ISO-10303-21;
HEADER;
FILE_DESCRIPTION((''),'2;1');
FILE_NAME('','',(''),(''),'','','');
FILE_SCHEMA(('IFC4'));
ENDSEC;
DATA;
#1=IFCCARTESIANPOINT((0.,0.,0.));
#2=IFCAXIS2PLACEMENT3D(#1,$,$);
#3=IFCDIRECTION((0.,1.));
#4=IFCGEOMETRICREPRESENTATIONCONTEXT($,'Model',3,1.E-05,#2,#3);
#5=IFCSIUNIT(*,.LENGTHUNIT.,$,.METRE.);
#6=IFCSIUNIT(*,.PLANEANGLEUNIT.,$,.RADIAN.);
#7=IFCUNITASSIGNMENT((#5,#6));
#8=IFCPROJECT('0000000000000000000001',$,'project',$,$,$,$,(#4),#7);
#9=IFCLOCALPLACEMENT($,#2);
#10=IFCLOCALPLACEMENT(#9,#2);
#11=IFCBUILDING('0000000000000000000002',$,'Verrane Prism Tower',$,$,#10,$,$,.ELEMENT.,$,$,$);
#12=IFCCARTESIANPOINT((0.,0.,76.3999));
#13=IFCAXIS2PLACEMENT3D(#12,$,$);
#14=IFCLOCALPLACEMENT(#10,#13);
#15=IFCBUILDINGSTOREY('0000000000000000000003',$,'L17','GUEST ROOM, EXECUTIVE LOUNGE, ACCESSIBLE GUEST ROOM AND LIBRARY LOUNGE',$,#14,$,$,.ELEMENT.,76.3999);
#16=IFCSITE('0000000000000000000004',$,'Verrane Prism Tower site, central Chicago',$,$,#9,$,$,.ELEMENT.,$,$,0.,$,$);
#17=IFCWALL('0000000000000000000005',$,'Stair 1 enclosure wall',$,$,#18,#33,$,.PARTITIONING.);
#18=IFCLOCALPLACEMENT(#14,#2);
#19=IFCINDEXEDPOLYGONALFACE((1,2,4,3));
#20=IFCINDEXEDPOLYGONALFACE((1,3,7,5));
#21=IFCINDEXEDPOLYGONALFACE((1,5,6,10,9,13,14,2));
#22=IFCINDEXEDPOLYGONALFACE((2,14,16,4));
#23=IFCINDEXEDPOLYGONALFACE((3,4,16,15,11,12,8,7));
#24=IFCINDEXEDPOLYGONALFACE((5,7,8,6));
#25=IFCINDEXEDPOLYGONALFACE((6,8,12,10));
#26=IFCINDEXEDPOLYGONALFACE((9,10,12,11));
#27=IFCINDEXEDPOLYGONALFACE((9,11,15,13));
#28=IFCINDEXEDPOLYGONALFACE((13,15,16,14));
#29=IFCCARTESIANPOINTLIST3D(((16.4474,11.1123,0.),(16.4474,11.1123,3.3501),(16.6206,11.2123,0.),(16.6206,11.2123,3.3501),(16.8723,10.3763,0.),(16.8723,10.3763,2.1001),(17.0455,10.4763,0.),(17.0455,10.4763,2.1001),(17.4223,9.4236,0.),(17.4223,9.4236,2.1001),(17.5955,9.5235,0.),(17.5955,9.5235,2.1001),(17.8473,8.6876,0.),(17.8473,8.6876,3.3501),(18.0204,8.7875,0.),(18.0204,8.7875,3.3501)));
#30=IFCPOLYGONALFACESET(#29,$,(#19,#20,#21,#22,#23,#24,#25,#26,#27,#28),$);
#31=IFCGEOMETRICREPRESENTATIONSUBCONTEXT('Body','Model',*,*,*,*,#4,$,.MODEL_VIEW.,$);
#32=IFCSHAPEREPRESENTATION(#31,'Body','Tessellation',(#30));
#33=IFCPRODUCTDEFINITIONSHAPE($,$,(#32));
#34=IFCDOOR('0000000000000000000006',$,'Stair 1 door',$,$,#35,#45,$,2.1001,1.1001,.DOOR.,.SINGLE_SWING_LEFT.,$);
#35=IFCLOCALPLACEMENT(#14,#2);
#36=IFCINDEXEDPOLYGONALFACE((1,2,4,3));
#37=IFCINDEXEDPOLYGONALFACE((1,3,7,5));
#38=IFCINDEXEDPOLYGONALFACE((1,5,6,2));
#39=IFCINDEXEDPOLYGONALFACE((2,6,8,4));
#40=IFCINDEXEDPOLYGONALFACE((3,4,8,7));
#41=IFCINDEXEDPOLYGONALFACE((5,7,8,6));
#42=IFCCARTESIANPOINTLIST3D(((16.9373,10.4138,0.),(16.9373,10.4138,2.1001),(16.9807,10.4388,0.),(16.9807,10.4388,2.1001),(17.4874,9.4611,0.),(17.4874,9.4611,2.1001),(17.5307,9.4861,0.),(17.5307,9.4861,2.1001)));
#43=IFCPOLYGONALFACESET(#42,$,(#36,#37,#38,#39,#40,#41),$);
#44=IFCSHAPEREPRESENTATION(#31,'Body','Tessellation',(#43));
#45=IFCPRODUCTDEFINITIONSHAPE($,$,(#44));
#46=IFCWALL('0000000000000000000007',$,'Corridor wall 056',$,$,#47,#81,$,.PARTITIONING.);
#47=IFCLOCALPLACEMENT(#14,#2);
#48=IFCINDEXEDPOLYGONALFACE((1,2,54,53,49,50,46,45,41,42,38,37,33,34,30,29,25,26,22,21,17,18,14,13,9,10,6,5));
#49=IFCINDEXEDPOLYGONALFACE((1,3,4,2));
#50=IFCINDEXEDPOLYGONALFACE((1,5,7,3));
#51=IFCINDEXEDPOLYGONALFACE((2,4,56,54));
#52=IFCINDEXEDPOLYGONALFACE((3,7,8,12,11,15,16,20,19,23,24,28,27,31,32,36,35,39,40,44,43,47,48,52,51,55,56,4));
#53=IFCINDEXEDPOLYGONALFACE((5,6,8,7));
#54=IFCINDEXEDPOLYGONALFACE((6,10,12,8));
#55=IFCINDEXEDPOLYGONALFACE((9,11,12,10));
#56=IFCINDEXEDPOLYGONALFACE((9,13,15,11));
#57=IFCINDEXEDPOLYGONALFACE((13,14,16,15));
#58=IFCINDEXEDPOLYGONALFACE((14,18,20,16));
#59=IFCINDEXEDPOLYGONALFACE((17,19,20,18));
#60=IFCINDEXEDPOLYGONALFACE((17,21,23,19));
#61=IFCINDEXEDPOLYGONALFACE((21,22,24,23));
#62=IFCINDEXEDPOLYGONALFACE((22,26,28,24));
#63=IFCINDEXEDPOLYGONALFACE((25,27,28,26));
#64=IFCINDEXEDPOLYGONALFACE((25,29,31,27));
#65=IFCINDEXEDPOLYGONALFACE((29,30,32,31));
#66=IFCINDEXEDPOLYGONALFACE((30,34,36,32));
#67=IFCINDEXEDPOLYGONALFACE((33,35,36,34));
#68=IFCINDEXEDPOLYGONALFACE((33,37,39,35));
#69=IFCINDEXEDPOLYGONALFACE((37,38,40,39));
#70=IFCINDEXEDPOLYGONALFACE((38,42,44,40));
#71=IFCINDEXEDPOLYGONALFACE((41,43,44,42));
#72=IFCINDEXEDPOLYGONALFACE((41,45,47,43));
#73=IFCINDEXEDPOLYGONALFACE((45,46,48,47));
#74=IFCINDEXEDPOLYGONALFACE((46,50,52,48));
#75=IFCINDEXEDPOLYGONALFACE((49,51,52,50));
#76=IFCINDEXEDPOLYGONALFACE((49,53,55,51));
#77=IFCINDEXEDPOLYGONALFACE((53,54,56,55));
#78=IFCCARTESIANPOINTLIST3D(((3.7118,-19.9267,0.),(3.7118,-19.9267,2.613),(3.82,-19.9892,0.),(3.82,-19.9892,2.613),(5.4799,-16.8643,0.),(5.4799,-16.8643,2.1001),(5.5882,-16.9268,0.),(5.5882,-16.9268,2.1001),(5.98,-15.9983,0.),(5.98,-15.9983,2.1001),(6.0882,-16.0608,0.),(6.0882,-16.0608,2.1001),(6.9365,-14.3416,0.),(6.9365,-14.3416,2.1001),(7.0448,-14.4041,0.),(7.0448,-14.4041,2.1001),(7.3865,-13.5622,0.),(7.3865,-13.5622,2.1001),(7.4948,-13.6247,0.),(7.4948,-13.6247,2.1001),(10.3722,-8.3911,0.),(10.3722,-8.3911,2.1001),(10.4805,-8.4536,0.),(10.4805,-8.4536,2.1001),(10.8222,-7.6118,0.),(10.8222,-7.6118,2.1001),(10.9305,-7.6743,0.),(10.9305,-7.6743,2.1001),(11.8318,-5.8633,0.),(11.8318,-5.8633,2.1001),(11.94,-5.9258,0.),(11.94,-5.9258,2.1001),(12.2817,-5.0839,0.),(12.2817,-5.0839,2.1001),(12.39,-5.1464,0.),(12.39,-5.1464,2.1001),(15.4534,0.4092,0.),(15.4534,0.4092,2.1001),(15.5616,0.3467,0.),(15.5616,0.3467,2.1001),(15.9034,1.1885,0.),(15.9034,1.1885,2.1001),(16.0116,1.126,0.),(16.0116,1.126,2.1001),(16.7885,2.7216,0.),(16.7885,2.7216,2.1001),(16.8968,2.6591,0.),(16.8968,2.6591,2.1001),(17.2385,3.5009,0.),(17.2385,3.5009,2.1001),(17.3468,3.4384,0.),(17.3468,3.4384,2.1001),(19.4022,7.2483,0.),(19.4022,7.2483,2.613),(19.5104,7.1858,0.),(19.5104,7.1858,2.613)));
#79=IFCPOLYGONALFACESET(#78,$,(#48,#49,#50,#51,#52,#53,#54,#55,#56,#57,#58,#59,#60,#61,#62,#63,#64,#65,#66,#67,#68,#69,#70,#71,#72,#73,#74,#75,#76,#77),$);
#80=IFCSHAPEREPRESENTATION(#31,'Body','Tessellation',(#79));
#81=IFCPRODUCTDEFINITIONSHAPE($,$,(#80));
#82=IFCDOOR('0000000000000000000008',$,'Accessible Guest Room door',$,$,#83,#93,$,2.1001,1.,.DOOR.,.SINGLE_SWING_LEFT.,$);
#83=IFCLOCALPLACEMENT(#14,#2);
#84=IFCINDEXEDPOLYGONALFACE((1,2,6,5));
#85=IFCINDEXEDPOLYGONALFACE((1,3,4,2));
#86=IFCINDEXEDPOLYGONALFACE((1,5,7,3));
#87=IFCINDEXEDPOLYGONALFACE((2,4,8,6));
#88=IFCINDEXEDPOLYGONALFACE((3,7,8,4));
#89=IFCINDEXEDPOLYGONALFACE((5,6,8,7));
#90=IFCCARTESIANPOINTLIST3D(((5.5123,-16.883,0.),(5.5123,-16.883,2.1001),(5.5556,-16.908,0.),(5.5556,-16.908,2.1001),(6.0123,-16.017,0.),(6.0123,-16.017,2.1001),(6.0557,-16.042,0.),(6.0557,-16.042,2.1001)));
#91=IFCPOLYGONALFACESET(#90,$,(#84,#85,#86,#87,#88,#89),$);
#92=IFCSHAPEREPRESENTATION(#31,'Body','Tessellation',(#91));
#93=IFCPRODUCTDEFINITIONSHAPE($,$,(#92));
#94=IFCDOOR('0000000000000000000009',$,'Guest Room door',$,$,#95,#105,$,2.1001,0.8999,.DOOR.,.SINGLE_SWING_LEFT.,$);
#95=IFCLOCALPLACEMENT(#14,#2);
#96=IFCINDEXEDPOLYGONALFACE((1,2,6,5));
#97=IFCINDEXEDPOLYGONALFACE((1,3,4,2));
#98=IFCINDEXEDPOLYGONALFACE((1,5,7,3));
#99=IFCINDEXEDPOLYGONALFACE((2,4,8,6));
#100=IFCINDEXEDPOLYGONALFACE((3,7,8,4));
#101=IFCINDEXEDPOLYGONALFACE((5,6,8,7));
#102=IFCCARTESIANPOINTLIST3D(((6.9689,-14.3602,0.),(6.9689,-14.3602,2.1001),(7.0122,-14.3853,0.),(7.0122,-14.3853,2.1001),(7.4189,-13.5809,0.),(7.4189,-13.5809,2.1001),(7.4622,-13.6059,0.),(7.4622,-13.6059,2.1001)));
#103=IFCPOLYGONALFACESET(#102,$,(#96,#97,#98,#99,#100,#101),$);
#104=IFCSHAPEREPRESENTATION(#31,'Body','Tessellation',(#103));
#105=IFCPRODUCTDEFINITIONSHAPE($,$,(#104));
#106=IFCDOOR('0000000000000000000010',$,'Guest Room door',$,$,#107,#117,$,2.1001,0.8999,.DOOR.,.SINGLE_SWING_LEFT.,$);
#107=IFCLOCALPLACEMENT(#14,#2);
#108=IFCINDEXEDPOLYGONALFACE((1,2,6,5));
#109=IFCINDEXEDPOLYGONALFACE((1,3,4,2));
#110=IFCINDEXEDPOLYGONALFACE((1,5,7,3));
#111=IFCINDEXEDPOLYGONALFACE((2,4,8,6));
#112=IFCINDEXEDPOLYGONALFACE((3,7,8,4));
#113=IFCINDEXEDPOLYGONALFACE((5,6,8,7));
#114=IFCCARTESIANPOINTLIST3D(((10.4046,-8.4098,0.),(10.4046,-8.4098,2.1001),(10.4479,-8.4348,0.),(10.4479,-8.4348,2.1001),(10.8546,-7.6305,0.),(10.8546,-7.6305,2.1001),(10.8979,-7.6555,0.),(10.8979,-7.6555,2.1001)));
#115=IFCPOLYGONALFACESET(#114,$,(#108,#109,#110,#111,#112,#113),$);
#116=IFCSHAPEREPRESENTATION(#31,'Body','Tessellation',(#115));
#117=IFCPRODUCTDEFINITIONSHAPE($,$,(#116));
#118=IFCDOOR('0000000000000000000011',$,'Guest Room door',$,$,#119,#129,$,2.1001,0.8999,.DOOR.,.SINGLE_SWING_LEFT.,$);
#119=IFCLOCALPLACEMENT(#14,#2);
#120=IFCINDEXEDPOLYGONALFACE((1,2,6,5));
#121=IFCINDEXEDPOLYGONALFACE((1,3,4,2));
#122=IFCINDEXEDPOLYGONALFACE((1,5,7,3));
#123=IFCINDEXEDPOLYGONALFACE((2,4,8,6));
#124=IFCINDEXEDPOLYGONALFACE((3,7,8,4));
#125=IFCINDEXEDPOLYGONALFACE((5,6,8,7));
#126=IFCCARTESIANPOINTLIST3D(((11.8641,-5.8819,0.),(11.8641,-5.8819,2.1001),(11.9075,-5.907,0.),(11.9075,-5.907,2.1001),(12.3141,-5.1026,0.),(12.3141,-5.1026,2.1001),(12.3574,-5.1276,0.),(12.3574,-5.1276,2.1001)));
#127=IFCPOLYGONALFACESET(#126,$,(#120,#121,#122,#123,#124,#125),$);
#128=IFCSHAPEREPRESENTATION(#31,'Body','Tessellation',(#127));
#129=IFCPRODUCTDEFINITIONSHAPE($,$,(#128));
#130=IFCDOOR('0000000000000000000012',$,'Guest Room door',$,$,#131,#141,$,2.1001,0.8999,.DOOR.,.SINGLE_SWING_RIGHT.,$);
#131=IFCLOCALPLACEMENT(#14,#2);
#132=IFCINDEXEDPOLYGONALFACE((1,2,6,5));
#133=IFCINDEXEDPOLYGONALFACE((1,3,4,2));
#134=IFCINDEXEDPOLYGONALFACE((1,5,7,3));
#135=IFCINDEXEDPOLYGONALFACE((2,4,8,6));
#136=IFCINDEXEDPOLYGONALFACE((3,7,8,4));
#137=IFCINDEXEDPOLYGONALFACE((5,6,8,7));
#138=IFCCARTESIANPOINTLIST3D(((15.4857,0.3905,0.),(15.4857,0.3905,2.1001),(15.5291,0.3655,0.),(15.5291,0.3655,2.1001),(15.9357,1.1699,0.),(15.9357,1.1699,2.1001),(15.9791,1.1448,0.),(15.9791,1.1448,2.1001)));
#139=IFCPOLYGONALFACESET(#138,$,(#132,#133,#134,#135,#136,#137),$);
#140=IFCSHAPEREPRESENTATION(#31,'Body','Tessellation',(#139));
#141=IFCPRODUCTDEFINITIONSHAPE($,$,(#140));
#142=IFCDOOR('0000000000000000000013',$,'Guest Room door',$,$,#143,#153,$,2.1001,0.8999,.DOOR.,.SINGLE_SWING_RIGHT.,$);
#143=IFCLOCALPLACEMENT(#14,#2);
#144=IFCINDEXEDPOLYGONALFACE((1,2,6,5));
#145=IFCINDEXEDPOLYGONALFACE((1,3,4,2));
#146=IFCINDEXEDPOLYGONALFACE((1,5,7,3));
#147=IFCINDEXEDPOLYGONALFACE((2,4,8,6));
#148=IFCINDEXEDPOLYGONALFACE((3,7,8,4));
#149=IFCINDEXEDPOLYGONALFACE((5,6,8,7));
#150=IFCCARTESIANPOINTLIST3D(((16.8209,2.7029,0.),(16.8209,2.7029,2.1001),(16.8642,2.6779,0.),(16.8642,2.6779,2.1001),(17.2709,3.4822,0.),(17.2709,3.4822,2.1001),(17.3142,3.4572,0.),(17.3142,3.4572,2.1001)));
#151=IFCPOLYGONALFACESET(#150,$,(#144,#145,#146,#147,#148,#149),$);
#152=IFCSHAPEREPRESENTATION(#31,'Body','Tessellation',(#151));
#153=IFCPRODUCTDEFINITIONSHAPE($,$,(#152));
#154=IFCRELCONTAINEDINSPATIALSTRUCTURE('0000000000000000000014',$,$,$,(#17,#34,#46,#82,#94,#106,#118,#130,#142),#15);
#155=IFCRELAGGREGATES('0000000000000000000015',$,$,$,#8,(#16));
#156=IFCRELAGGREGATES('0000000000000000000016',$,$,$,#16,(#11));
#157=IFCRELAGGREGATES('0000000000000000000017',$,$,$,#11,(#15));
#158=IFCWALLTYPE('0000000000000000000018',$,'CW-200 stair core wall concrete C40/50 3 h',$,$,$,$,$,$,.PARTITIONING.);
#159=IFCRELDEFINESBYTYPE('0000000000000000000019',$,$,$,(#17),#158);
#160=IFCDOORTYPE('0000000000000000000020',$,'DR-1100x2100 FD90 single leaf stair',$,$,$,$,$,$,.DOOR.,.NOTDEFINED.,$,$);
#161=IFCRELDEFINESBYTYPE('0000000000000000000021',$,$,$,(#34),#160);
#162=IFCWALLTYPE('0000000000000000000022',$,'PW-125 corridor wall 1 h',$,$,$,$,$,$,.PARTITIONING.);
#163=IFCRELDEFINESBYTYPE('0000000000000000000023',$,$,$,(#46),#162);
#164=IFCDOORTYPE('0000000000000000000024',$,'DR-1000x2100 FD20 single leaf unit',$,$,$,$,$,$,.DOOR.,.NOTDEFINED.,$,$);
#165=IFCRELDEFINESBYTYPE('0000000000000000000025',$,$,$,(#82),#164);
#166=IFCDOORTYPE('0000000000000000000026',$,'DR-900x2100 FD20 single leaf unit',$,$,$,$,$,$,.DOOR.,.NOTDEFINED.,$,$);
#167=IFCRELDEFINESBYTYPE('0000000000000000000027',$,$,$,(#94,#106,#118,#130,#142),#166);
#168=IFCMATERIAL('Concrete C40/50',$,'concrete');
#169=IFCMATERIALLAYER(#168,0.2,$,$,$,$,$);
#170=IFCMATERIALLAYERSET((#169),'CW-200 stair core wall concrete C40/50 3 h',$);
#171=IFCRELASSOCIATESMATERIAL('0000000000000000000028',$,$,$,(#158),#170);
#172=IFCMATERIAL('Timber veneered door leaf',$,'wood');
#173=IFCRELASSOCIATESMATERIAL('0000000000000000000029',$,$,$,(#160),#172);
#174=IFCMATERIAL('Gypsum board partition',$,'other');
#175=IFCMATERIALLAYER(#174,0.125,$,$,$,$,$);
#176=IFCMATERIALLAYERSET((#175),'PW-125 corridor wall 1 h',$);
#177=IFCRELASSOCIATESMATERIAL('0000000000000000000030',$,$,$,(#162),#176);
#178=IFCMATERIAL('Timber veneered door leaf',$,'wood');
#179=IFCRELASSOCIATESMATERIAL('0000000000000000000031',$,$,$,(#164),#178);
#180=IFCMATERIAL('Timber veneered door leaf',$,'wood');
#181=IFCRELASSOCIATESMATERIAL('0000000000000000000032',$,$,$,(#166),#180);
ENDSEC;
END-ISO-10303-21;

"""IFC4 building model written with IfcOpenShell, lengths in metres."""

from ifc_helpers import new_model, si_unit, direction, frame, frame_2d, origin, place, context, subcontext, project, spatial, rectangle, extrude, material, layer, layer_set, type_object, element, fill, save


model = new_model("IFC4")

# Units and contexts
model_context = context("Model", 3, precision=1e-05, world=origin(), true_north=direction((0.0, 1.0)))
body_context = subcontext(model_context, "Body", "Model", "MODEL_VIEW")
ifc_project = project(units=[si_unit("LENGTHUNIT", "METRE"), si_unit("PLANEANGLEUNIT", "RADIAN")], contexts=[model_context])

# Site, building, storey
site_placement = place(None, origin())
site = spatial("IfcSite", under=ifc_project, at=site_placement, Name="Verrane Prism Tower site, central Chicago", CompositionType="ELEMENT", RefElevation=0.0)
building_placement = place(site_placement, origin())
building = spatial("IfcBuilding", under=site, at=building_placement, Name="Verrane Prism Tower", CompositionType="ELEMENT")
storey_placement = place(building_placement, frame((0.0, 0.0, 76.3999)))
storey = spatial("IfcBuildingStorey", under=building, at=storey_placement, Name="L17", Description="GUEST ROOM, EXECUTIVE LOUNGE, ACCESSIBLE GUEST ROOM AND LIBRARY LOUNGE", CompositionType="ELEMENT", Elevation=76.3999)

# Wall, opening, door
ifc_material_1 = material(Name="Concrete C40/50", Category="concrete")
ifc_layer_1 = layer(ifc_material_1, 0.2)
ifc_layer_set_1 = layer_set([ifc_layer_1], Name="CW-200 stair core wall concrete C40/50 3 h")
wall_type_1 = type_object("IfcWallType", Name="CW-200 stair core wall concrete C40/50 3 h", PredefinedType="PARTITIONING", material=ifc_layer_set_1)
wall_1_placement = place(storey_placement, frame((17.9338, 8.7375, 0.0), z_axis=(0.0, 0.0, 1.0), x_axis=(-0.499984, 0.866035, 0.0)))
wall_1 = element("IfcWall", 1, at=wall_1_placement, inside=storey, type_object=wall_type_1, Name="Stair 1 enclosure wall", PredefinedType="PARTITIONING", context=body_context, shape_type="SweptSolid", body=[
    extrude(rectangle(XDim=2.7998, YDim=0.2, at=frame_2d((1.3999, 0.0))), origin(), (0.0, 0.0, 1.0), 3.3501),
])
opening_1_placement = place(wall_1_placement, frame((0.8499, 0.0, 0.0)))
opening_1 = element("IfcOpeningElement", 2, at=opening_1_placement, cuts=wall_1, PredefinedType="OPENING", context=body_context, shape_type="SweptSolid", body=[
    extrude(rectangle(XDim=1.1001, YDim=2.1001, at=frame_2d((0.55, 1.05))), frame((0.0, 0.1099, 0.0), z_axis=(0.0, -1.0, 0.0), x_axis=(1.0, 0.0, 0.0)), (0.0, 0.0, 1.0), 0.22),
])
ifc_material_2 = material(Name="Timber veneered door leaf", Category="wood")
door_type_1 = type_object("IfcDoorType", Name="DR-1100x2100 FD90 single leaf stair", OperationType="NOTDEFINED", PredefinedType="DOOR", material=ifc_material_2)
door_1_placement = place(opening_1_placement, origin())
door_1 = element("IfcDoor", 3, at=door_1_placement, inside=storey, type_object=door_type_1, Name="Stair 1 door", OperationType="SINGLE_SWING_LEFT", OverallHeight=2.1001, OverallWidth=1.1001, PredefinedType="DOOR", context=body_context, shape_type="SweptSolid", body=[
    extrude(rectangle(XDim=1.1001, YDim=2.1001, at=frame_2d((0.55, 1.05))), frame((0.0, 0.0249, 0.0), z_axis=(0.0, -1.0, 0.0), x_axis=(1.0, 0.0, 0.0)), (0.0, 0.0, 1.0), 0.05),
])
fill(opening_1, door_1)

# Wall, openings, doors
ifc_material_3 = material(Name="Gypsum board partition", Category="other")
ifc_layer_2 = layer(ifc_material_3, 0.125)
ifc_layer_set_2 = layer_set([ifc_layer_2], Name="PW-125 corridor wall 1 h")
wall_type_2 = type_object("IfcWallType", Name="PW-125 corridor wall 1 h", PredefinedType="PARTITIONING", material=ifc_layer_set_2)
wall_2_placement = place(storey_placement, frame((19.4563, 7.217, 0.0), z_axis=(0.0, 0.0, 1.0), x_axis=(-0.500022, -0.866013, 0.0)))
wall_2 = element("IfcWall", 4, at=wall_2_placement, inside=storey, type_object=wall_type_2, Name="Corridor wall 056", PredefinedType="PARTITIONING", context=body_context, shape_type="SweptSolid", body=[
    extrude(rectangle(XDim=31.3794, YDim=0.125, at=frame_2d((15.6897, 0.0))), origin(), (0.0, 0.0, 1.0), 2.613),
])
opening_2_placement = place(wall_2_placement, frame((26.8433, 0.0, 0.0)))
opening_2 = element("IfcOpeningElement", 5, at=opening_2_placement, cuts=wall_2, PredefinedType="OPENING", context=body_context, shape_type="SweptSolid", body=[
    extrude(rectangle(XDim=1.0, YDim=2.1001, at=frame_2d((0.5, 1.05))), frame((0.0, 0.0725, 0.0), z_axis=(0.0, -1.0, 0.0), x_axis=(1.0, 0.0, 0.0)), (0.0, 0.0, 1.0), 0.145),
])
opening_3_placement = place(wall_2_placement, frame((24.0303, 0.0, 0.0)))
opening_3 = element("IfcOpeningElement", 6, at=opening_3_placement, cuts=wall_2, PredefinedType="OPENING", context=body_context, shape_type="SweptSolid", body=[
    extrude(rectangle(XDim=0.8999, YDim=2.1001, at=frame_2d((0.45, 1.05))), frame((0.0, 0.0725, 0.0), z_axis=(0.0, -1.0, 0.0), x_axis=(1.0, 0.0, 0.0)), (0.0, 0.0, 1.0), 0.145),
])
opening_4_placement = place(wall_2_placement, frame((17.1592, 0.0, 0.0)))
opening_4 = element("IfcOpeningElement", 7, at=opening_4_placement, cuts=wall_2, PredefinedType="OPENING", context=body_context, shape_type="SweptSolid", body=[
    extrude(rectangle(XDim=0.8999, YDim=2.1001, at=frame_2d((0.45, 1.05))), frame((0.0, 0.0725, 0.0), z_axis=(0.0, -1.0, 0.0), x_axis=(1.0, 0.0, 0.0)), (0.0, 0.0, 1.0), 0.145),
])
opening_5_placement = place(wall_2_placement, frame((14.2402, 0.0, 0.0)))
opening_5 = element("IfcOpeningElement", 8, at=opening_5_placement, cuts=wall_2, PredefinedType="OPENING", context=body_context, shape_type="SweptSolid", body=[
    extrude(rectangle(XDim=0.8999, YDim=2.1001, at=frame_2d((0.45, 1.05))), frame((0.0, 0.0725, 0.0), z_axis=(0.0, -1.0, 0.0), x_axis=(1.0, 0.0, 0.0)), (0.0, 0.0, 1.0), 0.145),
])
opening_6_placement = place(wall_2_placement, frame((6.9973, 0.0, 0.0)))
opening_6 = element("IfcOpeningElement", 9, at=opening_6_placement, cuts=wall_2, PredefinedType="OPENING", context=body_context, shape_type="SweptSolid", body=[
    extrude(rectangle(XDim=0.8999, YDim=2.1001, at=frame_2d((0.45, 1.05))), frame((0.0, 0.0725, 0.0), z_axis=(0.0, -1.0, 0.0), x_axis=(1.0, 0.0, 0.0)), (0.0, 0.0, 1.0), 0.145),
])
opening_7_placement = place(wall_2_placement, frame((4.3271, 0.0, 0.0)))
opening_7 = element("IfcOpeningElement", 10, at=opening_7_placement, cuts=wall_2, PredefinedType="OPENING", context=body_context, shape_type="SweptSolid", body=[
    extrude(rectangle(XDim=0.8999, YDim=2.1001, at=frame_2d((0.45, 1.05))), frame((0.0, 0.0725, 0.0), z_axis=(0.0, -1.0, 0.0), x_axis=(1.0, 0.0, 0.0)), (0.0, 0.0, 1.0), 0.145),
])
ifc_material_4 = material(Name="Timber veneered door leaf", Category="wood")
door_type_2 = type_object("IfcDoorType", Name="DR-1000x2100 FD20 single leaf unit", OperationType="NOTDEFINED", PredefinedType="DOOR", material=ifc_material_4)
door_2_placement = place(opening_2_placement, origin())
door_2 = element("IfcDoor", 11, at=door_2_placement, inside=storey, type_object=door_type_2, Name="Accessible Guest Room door", OperationType="SINGLE_SWING_LEFT", OverallHeight=2.1001, OverallWidth=1.0, PredefinedType="DOOR", context=body_context, shape_type="SweptSolid", body=[
    extrude(rectangle(XDim=1.0, YDim=2.1001, at=frame_2d((0.5, 1.05))), frame((0.0, 0.0249, 0.0), z_axis=(0.0, -1.0, 0.0), x_axis=(1.0, 0.0, 0.0)), (0.0, 0.0, 1.0), 0.05),
])
fill(opening_2, door_2)
ifc_material_5 = material(Name="Timber veneered door leaf", Category="wood")
door_type_3 = type_object("IfcDoorType", Name="DR-900x2100 FD20 single leaf unit", OperationType="NOTDEFINED", PredefinedType="DOOR", material=ifc_material_5)
door_3_placement = place(opening_3_placement, origin())
door_3 = element("IfcDoor", 12, at=door_3_placement, inside=storey, type_object=door_type_3, Name="Guest Room door", OperationType="SINGLE_SWING_LEFT", OverallHeight=2.1001, OverallWidth=0.8999, PredefinedType="DOOR", context=body_context, shape_type="SweptSolid", body=[
    extrude(rectangle(XDim=0.8999, YDim=2.1001, at=frame_2d((0.45, 1.05))), frame((0.0, 0.0249, 0.0), z_axis=(0.0, -1.0, 0.0), x_axis=(1.0, 0.0, 0.0)), (0.0, 0.0, 1.0), 0.05),
])
fill(opening_3, door_3)
door_4_placement = place(opening_4_placement, origin())
door_4 = element("IfcDoor", 13, at=door_4_placement, inside=storey, type_object=door_type_3, Name="Guest Room door", OperationType="SINGLE_SWING_LEFT", OverallHeight=2.1001, OverallWidth=0.8999, PredefinedType="DOOR", context=body_context, shape_type="SweptSolid", body=[
    extrude(rectangle(XDim=0.8999, YDim=2.1001, at=frame_2d((0.45, 1.05))), frame((0.0, 0.0249, 0.0), z_axis=(0.0, -1.0, 0.0), x_axis=(1.0, 0.0, 0.0)), (0.0, 0.0, 1.0), 0.05),
])
fill(opening_4, door_4)
door_5_placement = place(opening_5_placement, origin())
door_5 = element("IfcDoor", 14, at=door_5_placement, inside=storey, type_object=door_type_3, Name="Guest Room door", OperationType="SINGLE_SWING_LEFT", OverallHeight=2.1001, OverallWidth=0.8999, PredefinedType="DOOR", context=body_context, shape_type="SweptSolid", body=[
    extrude(rectangle(XDim=0.8999, YDim=2.1001, at=frame_2d((0.45, 1.05))), frame((0.0, 0.0249, 0.0), z_axis=(0.0, -1.0, 0.0), x_axis=(1.0, 0.0, 0.0)), (0.0, 0.0, 1.0), 0.05),
])
fill(opening_5, door_5)
door_6_placement = place(opening_6_placement, origin())
door_6 = element("IfcDoor", 15, at=door_6_placement, inside=storey, type_object=door_type_3, Name="Guest Room door", OperationType="SINGLE_SWING_RIGHT", OverallHeight=2.1001, OverallWidth=0.8999, PredefinedType="DOOR", context=body_context, shape_type="SweptSolid", body=[
    extrude(rectangle(XDim=0.8999, YDim=2.1001, at=frame_2d((0.45, 1.05))), frame((0.0, 0.0249, 0.0), z_axis=(0.0, -1.0, 0.0), x_axis=(1.0, 0.0, 0.0)), (0.0, 0.0, 1.0), 0.05),
])
fill(opening_6, door_6)
door_7_placement = place(opening_7_placement, origin())
door_7 = element("IfcDoor", 16, at=door_7_placement, inside=storey, type_object=door_type_3, Name="Guest Room door", OperationType="SINGLE_SWING_RIGHT", OverallHeight=2.1001, OverallWidth=0.8999, PredefinedType="DOOR", context=body_context, shape_type="SweptSolid", body=[
    extrude(rectangle(XDim=0.8999, YDim=2.1001, at=frame_2d((0.45, 1.05))), frame((0.0, 0.0249, 0.0), z_axis=(0.0, -1.0, 0.0), x_axis=(1.0, 0.0, 0.0)), (0.0, 0.0, 1.0), 0.05),
])
fill(opening_7, door_7)

save(model, "model.ifc")
